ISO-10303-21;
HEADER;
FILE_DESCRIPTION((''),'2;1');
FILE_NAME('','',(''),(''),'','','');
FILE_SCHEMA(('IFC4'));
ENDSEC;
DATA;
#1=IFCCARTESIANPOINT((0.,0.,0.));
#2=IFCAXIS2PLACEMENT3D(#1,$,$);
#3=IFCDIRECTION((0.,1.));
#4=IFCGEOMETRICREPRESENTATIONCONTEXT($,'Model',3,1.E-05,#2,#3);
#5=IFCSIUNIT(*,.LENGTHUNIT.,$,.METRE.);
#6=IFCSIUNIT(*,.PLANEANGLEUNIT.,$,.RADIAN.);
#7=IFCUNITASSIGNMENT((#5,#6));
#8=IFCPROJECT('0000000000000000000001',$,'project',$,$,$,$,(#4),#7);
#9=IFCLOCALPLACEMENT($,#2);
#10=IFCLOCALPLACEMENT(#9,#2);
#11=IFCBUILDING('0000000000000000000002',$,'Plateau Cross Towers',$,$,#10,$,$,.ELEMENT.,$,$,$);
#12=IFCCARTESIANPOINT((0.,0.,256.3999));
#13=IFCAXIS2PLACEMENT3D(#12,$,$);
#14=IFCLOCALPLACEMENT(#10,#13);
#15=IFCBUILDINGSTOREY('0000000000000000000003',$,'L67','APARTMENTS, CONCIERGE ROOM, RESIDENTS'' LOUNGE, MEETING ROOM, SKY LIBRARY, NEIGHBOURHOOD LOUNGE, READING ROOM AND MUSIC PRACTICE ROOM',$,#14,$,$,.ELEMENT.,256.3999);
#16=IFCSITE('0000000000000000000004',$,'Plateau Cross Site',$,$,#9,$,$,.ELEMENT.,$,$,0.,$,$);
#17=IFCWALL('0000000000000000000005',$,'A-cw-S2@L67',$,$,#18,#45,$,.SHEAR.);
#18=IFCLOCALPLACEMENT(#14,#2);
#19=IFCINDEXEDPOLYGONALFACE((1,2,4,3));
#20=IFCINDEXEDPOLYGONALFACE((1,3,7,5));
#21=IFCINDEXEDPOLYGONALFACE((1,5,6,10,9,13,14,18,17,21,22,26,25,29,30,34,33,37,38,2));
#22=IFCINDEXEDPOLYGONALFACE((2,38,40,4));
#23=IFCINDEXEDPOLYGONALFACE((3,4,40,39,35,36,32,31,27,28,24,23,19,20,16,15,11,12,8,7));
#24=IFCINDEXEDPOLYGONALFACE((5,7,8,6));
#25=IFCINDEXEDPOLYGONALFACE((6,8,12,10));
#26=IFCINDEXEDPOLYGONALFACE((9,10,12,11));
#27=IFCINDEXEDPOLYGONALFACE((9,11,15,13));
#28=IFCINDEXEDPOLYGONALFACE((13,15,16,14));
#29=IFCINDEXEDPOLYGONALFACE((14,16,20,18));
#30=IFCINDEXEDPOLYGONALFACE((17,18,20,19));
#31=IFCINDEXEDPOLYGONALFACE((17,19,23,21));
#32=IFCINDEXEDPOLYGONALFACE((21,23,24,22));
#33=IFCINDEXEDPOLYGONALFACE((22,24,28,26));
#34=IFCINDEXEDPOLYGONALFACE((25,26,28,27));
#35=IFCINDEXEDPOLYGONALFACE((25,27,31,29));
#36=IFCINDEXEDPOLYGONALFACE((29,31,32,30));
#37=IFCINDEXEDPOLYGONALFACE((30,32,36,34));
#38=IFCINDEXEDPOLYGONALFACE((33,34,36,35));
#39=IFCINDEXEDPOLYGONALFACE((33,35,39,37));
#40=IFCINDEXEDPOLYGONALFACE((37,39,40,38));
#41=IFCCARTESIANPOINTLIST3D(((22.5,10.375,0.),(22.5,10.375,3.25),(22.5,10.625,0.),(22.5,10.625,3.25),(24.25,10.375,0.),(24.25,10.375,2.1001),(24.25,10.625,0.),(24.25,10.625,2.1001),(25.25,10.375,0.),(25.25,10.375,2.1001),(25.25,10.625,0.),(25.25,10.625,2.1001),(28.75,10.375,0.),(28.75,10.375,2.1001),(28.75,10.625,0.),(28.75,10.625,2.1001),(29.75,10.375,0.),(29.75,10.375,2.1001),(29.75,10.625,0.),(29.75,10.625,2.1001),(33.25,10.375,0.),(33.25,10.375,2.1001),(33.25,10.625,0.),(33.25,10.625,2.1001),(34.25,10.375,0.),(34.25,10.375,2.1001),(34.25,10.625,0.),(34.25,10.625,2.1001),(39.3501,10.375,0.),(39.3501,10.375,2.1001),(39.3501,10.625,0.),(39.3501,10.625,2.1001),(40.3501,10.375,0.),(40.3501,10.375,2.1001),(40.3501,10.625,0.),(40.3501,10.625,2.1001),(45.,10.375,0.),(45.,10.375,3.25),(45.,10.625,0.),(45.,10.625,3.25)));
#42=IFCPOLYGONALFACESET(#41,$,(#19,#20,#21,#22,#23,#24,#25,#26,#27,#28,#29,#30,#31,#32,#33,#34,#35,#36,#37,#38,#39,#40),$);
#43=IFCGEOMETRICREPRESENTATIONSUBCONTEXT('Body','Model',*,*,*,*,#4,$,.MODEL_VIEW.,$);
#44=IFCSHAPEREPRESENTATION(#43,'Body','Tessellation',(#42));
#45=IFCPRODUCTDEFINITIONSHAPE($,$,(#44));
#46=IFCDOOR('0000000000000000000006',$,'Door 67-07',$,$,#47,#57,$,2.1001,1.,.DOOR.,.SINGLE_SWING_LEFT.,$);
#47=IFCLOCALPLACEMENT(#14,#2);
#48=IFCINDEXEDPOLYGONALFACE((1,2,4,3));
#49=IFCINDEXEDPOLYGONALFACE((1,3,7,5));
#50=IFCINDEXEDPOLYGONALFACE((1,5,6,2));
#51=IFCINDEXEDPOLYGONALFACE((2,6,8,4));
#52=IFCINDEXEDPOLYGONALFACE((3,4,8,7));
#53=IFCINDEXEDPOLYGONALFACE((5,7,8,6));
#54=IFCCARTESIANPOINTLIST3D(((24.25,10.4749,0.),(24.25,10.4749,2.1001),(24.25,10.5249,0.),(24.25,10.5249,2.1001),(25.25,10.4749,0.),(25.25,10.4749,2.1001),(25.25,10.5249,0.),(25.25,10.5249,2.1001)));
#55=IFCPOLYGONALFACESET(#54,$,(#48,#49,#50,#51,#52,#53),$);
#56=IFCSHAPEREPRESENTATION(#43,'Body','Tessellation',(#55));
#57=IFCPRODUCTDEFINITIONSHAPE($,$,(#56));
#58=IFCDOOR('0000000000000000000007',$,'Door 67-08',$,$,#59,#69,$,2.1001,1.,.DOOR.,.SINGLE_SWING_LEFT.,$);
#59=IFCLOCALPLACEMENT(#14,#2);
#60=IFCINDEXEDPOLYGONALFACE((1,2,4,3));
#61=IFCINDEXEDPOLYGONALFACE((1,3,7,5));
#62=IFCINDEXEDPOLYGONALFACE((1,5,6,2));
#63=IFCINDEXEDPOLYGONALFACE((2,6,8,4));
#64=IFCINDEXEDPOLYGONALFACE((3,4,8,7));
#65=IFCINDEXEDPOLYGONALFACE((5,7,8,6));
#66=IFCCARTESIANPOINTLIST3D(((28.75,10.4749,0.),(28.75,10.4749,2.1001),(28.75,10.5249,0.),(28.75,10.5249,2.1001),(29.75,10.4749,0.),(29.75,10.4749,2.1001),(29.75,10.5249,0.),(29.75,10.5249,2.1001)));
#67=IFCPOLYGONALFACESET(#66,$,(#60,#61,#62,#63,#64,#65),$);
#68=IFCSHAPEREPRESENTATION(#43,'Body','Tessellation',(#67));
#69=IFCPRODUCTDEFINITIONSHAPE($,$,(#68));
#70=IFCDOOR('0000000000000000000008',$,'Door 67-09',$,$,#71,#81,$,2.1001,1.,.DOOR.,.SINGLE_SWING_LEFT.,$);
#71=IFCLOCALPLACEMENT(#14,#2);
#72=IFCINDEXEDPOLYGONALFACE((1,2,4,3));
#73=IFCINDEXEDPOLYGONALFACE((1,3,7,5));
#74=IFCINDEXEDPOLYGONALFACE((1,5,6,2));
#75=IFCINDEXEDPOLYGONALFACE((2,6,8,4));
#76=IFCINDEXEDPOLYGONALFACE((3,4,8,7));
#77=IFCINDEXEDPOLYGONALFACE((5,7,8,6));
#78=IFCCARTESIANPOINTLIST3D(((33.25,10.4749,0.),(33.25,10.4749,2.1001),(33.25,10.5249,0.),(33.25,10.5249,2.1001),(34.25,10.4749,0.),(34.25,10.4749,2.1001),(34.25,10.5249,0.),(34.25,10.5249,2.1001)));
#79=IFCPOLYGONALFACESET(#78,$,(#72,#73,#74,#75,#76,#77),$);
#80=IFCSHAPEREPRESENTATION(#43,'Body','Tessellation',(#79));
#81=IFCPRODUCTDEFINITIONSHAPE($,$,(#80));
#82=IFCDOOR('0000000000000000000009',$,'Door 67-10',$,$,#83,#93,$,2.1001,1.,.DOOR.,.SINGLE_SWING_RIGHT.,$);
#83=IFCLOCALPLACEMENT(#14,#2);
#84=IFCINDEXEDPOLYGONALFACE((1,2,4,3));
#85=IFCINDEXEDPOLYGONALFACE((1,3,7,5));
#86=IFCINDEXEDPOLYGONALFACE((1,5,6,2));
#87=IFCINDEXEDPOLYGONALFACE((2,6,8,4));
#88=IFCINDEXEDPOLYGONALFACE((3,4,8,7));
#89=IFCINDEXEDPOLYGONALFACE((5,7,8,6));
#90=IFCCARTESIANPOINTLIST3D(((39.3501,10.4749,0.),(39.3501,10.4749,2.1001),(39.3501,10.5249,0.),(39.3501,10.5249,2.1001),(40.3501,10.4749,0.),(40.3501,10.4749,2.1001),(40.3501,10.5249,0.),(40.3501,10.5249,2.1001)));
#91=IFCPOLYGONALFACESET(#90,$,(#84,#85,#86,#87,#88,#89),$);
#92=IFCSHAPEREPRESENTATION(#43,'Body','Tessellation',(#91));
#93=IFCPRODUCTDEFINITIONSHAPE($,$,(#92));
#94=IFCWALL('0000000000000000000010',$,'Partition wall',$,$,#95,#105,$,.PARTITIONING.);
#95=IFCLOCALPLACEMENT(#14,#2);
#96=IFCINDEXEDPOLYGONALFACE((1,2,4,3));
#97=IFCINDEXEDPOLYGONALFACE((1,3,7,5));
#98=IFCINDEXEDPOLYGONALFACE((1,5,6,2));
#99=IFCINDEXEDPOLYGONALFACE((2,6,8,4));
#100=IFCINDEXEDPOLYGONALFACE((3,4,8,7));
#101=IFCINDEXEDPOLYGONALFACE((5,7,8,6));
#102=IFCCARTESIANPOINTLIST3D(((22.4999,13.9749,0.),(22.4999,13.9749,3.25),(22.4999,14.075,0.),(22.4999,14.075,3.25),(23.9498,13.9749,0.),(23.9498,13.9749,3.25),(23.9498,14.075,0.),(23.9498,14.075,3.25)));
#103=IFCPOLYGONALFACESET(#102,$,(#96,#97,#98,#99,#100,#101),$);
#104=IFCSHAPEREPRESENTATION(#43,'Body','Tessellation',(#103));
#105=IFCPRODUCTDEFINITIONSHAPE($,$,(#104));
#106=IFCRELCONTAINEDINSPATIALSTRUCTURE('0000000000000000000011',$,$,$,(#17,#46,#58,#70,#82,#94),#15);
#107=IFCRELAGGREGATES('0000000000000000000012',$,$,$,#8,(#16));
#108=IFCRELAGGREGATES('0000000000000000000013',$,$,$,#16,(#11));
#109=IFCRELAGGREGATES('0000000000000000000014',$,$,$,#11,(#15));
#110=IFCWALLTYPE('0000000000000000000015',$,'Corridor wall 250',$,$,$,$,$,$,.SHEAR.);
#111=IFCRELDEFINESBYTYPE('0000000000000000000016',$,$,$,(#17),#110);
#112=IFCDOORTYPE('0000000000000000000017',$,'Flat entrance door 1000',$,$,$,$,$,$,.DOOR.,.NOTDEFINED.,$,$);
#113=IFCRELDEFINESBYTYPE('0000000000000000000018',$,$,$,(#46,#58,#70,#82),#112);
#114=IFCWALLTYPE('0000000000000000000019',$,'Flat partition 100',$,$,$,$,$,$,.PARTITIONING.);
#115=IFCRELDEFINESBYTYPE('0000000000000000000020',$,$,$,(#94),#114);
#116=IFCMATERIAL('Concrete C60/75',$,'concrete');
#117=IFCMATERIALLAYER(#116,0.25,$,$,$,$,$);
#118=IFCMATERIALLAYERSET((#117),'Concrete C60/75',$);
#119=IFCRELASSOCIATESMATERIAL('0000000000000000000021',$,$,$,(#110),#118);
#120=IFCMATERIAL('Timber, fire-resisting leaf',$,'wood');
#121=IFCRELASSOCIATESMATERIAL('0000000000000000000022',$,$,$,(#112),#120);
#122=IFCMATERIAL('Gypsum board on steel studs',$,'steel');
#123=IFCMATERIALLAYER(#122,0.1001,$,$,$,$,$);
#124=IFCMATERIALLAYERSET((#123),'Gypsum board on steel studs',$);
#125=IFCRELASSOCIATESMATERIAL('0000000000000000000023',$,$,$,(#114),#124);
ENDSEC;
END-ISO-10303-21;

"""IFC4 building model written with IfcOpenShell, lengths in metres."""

from ifc_helpers import new_model, si_unit, direction, frame, frame_2d, origin, place, context, subcontext, project, spatial, rectangle, extrude, material, layer, layer_set, type_object, element, fill, save


model = new_model("IFC4")

# Units and contexts
model_context = context("Model", 3, precision=1e-05, world=origin(), true_north=direction((0.0, 1.0)))
body_context = subcontext(model_context, "Body", "Model", "MODEL_VIEW")
ifc_project = project(units=[si_unit("LENGTHUNIT", "METRE"), si_unit("PLANEANGLEUNIT", "RADIAN")], contexts=[model_context])

# Site, building, storey
site_placement = place(None, origin())
site = spatial("IfcSite", under=ifc_project, at=site_placement, Name="Plateau Cross Site", CompositionType="ELEMENT", RefElevation=0.0)
building_placement = place(site_placement, origin())
building = spatial("IfcBuilding", under=site, at=building_placement, Name="Plateau Cross Towers", CompositionType="ELEMENT")
storey_placement = place(building_placement, frame((0.0, 0.0, 256.3999)))
storey = spatial("IfcBuildingStorey", under=building, at=storey_placement, Name="L67", Description="APARTMENTS, CONCIERGE ROOM, RESIDENTS' LOUNGE, MEETING ROOM, SKY LIBRARY, NEIGHBOURHOOD LOUNGE, READING ROOM AND MUSIC PRACTICE ROOM", CompositionType="ELEMENT", Elevation=256.3999)

# Shared definitions
ifc_material_1 = material(Name="Concrete C60/75", Category="concrete")

# Wall, openings, doors
ifc_layer_1 = layer(ifc_material_1, 0.25)
ifc_layer_set_1 = layer_set([ifc_layer_1], Name="Concrete C60/75")
wall_type_1 = type_object("IfcWallType", Name="Corridor wall 250", PredefinedType="SHEAR", material=ifc_layer_set_1)
ifc_material_2 = material(Name="Timber, fire-resisting leaf", Category="wood")
door_type_1 = type_object("IfcDoorType", Name="Flat entrance door 1000", OperationType="NOTDEFINED", PredefinedType="DOOR", material=ifc_material_2)
wall_1_placement = place(storey_placement, frame((22.5, 10.5, 0.0), z_axis=(0.0, 0.0, 1.0), x_axis=(1.0, 0.0, 0.0)))
wall_1 = element("IfcWall", 1, at=wall_1_placement, inside=storey, type_object=wall_type_1, Name="A-cw-S2@L67", PredefinedType="SHEAR", context=body_context, shape_type="SweptSolid", body=[
    extrude(rectangle(XDim=22.5, YDim=0.25, at=frame_2d((11.25, 0.0))), origin(), (0.0, 0.0, 1.0), 3.25),
])
opening_1_placement = place(wall_1_placement, frame((1.75, 0.0, 0.0)))
opening_1 = element("IfcOpeningElement", 2, at=opening_1_placement, cuts=wall_1, PredefinedType="OPENING", context=body_context, shape_type="SweptSolid", body=[
    extrude(rectangle(XDim=1.0, YDim=2.1001, at=frame_2d((0.5, 1.05))), frame((0.0, 0.135, 0.0), z_axis=(0.0, -1.0, 0.0), x_axis=(1.0, 0.0, 0.0)), (0.0, 0.0, 1.0), 0.27),
])
opening_2_placement = place(wall_1_placement, frame((6.25, 0.0, 0.0)))
opening_2 = element("IfcOpeningElement", 3, at=opening_2_placement, cuts=wall_1, PredefinedType="OPENING", context=body_context, shape_type="SweptSolid", body=[
    extrude(rectangle(XDim=1.0, YDim=2.1001, at=frame_2d((0.5, 1.05))), frame((0.0, 0.135, 0.0), z_axis=(0.0, -1.0, 0.0), x_axis=(1.0, 0.0, 0.0)), (0.0, 0.0, 1.0), 0.27),
])
opening_3_placement = place(wall_1_placement, frame((10.75, 0.0, 0.0)))
opening_3 = element("IfcOpeningElement", 4, at=opening_3_placement, cuts=wall_1, PredefinedType="OPENING", context=body_context, shape_type="SweptSolid", body=[
    extrude(rectangle(XDim=1.0, YDim=2.1001, at=frame_2d((0.5, 1.05))), frame((0.0, 0.135, 0.0), z_axis=(0.0, -1.0, 0.0), x_axis=(1.0, 0.0, 0.0)), (0.0, 0.0, 1.0), 0.27),
])
opening_4_placement = place(wall_1_placement, frame((16.8501, 0.0, 0.0)))
opening_4 = element("IfcOpeningElement", 5, at=opening_4_placement, cuts=wall_1, PredefinedType="OPENING", context=body_context, shape_type="SweptSolid", body=[
    extrude(rectangle(XDim=1.0, YDim=2.1001, at=frame_2d((0.5, 1.05))), frame((0.0, 0.135, 0.0), z_axis=(0.0, -1.0, 0.0), x_axis=(1.0, 0.0, 0.0)), (0.0, 0.0, 1.0), 0.27),
])
door_1_placement = place(opening_1_placement, origin())
door_1 = element("IfcDoor", 6, at=door_1_placement, inside=storey, type_object=door_type_1, Name="Door 67-07", OperationType="SINGLE_SWING_LEFT", OverallHeight=2.1001, OverallWidth=1.0, PredefinedType="DOOR", context=body_context, shape_type="SweptSolid", body=[
    extrude(rectangle(XDim=1.0, YDim=2.1001, at=frame_2d((0.5, 1.05))), frame((0.0, 0.0249, 0.0), z_axis=(0.0, -1.0, 0.0), x_axis=(1.0, 0.0, 0.0)), (0.0, 0.0, 1.0), 0.05),
])
fill(opening_1, door_1)
door_2_placement = place(opening_2_placement, origin())
door_2 = element("IfcDoor", 7, at=door_2_placement, inside=storey, type_object=door_type_1, Name="Door 67-08", OperationType="SINGLE_SWING_LEFT", OverallHeight=2.1001, OverallWidth=1.0, PredefinedType="DOOR", context=body_context, shape_type="SweptSolid", body=[
    extrude(rectangle(XDim=1.0, YDim=2.1001, at=frame_2d((0.5, 1.05))), frame((0.0, 0.0249, 0.0), z_axis=(0.0, -1.0, 0.0), x_axis=(1.0, 0.0, 0.0)), (0.0, 0.0, 1.0), 0.05),
])
fill(opening_2, door_2)
door_3_placement = place(opening_3_placement, origin())
door_3 = element("IfcDoor", 8, at=door_3_placement, inside=storey, type_object=door_type_1, Name="Door 67-09", OperationType="SINGLE_SWING_LEFT", OverallHeight=2.1001, OverallWidth=1.0, PredefinedType="DOOR", context=body_context, shape_type="SweptSolid", body=[
    extrude(rectangle(XDim=1.0, YDim=2.1001, at=frame_2d((0.5, 1.05))), frame((0.0, 0.0249, 0.0), z_axis=(0.0, -1.0, 0.0), x_axis=(1.0, 0.0, 0.0)), (0.0, 0.0, 1.0), 0.05),
])
fill(opening_3, door_3)
door_4_placement = place(opening_4_placement, origin())
door_4 = element("IfcDoor", 9, at=door_4_placement, inside=storey, type_object=door_type_1, Name="Door 67-10", OperationType="SINGLE_SWING_RIGHT", OverallHeight=2.1001, OverallWidth=1.0, PredefinedType="DOOR", context=body_context, shape_type="SweptSolid", body=[
    extrude(rectangle(XDim=1.0, YDim=2.1001, at=frame_2d((0.5, 1.05))), frame((0.0, 0.0249, 0.0), z_axis=(0.0, -1.0, 0.0), x_axis=(1.0, 0.0, 0.0)), (0.0, 0.0, 1.0), 0.05),
])
fill(opening_4, door_4)

# Wall
ifc_material_3 = material(Name="Gypsum board on steel studs", Category="steel")
ifc_layer_2 = layer(ifc_material_3, 0.1001)
ifc_layer_set_2 = layer_set([ifc_layer_2], Name="Gypsum board on steel studs")
wall_type_2 = type_object("IfcWallType", Name="Flat partition 100", PredefinedType="PARTITIONING", material=ifc_layer_set_2)
wall_2_placement = place(storey_placement, frame((23.95, 14.0249, 0.0), z_axis=(0.0, 0.0, 1.0), x_axis=(-1.0, 0.0, 0.0)))
element("IfcWall", 10, at=wall_2_placement, inside=storey, type_object=wall_type_2, Name="Partition wall", PredefinedType="PARTITIONING", context=body_context, shape_type="SweptSolid", body=[
    extrude(rectangle(XDim=1.45, YDim=0.1001, at=frame_2d((0.7251, 0.0))), origin(), (0.0, 0.0, 1.0), 3.25),
])

save(model, "model.ifc")
